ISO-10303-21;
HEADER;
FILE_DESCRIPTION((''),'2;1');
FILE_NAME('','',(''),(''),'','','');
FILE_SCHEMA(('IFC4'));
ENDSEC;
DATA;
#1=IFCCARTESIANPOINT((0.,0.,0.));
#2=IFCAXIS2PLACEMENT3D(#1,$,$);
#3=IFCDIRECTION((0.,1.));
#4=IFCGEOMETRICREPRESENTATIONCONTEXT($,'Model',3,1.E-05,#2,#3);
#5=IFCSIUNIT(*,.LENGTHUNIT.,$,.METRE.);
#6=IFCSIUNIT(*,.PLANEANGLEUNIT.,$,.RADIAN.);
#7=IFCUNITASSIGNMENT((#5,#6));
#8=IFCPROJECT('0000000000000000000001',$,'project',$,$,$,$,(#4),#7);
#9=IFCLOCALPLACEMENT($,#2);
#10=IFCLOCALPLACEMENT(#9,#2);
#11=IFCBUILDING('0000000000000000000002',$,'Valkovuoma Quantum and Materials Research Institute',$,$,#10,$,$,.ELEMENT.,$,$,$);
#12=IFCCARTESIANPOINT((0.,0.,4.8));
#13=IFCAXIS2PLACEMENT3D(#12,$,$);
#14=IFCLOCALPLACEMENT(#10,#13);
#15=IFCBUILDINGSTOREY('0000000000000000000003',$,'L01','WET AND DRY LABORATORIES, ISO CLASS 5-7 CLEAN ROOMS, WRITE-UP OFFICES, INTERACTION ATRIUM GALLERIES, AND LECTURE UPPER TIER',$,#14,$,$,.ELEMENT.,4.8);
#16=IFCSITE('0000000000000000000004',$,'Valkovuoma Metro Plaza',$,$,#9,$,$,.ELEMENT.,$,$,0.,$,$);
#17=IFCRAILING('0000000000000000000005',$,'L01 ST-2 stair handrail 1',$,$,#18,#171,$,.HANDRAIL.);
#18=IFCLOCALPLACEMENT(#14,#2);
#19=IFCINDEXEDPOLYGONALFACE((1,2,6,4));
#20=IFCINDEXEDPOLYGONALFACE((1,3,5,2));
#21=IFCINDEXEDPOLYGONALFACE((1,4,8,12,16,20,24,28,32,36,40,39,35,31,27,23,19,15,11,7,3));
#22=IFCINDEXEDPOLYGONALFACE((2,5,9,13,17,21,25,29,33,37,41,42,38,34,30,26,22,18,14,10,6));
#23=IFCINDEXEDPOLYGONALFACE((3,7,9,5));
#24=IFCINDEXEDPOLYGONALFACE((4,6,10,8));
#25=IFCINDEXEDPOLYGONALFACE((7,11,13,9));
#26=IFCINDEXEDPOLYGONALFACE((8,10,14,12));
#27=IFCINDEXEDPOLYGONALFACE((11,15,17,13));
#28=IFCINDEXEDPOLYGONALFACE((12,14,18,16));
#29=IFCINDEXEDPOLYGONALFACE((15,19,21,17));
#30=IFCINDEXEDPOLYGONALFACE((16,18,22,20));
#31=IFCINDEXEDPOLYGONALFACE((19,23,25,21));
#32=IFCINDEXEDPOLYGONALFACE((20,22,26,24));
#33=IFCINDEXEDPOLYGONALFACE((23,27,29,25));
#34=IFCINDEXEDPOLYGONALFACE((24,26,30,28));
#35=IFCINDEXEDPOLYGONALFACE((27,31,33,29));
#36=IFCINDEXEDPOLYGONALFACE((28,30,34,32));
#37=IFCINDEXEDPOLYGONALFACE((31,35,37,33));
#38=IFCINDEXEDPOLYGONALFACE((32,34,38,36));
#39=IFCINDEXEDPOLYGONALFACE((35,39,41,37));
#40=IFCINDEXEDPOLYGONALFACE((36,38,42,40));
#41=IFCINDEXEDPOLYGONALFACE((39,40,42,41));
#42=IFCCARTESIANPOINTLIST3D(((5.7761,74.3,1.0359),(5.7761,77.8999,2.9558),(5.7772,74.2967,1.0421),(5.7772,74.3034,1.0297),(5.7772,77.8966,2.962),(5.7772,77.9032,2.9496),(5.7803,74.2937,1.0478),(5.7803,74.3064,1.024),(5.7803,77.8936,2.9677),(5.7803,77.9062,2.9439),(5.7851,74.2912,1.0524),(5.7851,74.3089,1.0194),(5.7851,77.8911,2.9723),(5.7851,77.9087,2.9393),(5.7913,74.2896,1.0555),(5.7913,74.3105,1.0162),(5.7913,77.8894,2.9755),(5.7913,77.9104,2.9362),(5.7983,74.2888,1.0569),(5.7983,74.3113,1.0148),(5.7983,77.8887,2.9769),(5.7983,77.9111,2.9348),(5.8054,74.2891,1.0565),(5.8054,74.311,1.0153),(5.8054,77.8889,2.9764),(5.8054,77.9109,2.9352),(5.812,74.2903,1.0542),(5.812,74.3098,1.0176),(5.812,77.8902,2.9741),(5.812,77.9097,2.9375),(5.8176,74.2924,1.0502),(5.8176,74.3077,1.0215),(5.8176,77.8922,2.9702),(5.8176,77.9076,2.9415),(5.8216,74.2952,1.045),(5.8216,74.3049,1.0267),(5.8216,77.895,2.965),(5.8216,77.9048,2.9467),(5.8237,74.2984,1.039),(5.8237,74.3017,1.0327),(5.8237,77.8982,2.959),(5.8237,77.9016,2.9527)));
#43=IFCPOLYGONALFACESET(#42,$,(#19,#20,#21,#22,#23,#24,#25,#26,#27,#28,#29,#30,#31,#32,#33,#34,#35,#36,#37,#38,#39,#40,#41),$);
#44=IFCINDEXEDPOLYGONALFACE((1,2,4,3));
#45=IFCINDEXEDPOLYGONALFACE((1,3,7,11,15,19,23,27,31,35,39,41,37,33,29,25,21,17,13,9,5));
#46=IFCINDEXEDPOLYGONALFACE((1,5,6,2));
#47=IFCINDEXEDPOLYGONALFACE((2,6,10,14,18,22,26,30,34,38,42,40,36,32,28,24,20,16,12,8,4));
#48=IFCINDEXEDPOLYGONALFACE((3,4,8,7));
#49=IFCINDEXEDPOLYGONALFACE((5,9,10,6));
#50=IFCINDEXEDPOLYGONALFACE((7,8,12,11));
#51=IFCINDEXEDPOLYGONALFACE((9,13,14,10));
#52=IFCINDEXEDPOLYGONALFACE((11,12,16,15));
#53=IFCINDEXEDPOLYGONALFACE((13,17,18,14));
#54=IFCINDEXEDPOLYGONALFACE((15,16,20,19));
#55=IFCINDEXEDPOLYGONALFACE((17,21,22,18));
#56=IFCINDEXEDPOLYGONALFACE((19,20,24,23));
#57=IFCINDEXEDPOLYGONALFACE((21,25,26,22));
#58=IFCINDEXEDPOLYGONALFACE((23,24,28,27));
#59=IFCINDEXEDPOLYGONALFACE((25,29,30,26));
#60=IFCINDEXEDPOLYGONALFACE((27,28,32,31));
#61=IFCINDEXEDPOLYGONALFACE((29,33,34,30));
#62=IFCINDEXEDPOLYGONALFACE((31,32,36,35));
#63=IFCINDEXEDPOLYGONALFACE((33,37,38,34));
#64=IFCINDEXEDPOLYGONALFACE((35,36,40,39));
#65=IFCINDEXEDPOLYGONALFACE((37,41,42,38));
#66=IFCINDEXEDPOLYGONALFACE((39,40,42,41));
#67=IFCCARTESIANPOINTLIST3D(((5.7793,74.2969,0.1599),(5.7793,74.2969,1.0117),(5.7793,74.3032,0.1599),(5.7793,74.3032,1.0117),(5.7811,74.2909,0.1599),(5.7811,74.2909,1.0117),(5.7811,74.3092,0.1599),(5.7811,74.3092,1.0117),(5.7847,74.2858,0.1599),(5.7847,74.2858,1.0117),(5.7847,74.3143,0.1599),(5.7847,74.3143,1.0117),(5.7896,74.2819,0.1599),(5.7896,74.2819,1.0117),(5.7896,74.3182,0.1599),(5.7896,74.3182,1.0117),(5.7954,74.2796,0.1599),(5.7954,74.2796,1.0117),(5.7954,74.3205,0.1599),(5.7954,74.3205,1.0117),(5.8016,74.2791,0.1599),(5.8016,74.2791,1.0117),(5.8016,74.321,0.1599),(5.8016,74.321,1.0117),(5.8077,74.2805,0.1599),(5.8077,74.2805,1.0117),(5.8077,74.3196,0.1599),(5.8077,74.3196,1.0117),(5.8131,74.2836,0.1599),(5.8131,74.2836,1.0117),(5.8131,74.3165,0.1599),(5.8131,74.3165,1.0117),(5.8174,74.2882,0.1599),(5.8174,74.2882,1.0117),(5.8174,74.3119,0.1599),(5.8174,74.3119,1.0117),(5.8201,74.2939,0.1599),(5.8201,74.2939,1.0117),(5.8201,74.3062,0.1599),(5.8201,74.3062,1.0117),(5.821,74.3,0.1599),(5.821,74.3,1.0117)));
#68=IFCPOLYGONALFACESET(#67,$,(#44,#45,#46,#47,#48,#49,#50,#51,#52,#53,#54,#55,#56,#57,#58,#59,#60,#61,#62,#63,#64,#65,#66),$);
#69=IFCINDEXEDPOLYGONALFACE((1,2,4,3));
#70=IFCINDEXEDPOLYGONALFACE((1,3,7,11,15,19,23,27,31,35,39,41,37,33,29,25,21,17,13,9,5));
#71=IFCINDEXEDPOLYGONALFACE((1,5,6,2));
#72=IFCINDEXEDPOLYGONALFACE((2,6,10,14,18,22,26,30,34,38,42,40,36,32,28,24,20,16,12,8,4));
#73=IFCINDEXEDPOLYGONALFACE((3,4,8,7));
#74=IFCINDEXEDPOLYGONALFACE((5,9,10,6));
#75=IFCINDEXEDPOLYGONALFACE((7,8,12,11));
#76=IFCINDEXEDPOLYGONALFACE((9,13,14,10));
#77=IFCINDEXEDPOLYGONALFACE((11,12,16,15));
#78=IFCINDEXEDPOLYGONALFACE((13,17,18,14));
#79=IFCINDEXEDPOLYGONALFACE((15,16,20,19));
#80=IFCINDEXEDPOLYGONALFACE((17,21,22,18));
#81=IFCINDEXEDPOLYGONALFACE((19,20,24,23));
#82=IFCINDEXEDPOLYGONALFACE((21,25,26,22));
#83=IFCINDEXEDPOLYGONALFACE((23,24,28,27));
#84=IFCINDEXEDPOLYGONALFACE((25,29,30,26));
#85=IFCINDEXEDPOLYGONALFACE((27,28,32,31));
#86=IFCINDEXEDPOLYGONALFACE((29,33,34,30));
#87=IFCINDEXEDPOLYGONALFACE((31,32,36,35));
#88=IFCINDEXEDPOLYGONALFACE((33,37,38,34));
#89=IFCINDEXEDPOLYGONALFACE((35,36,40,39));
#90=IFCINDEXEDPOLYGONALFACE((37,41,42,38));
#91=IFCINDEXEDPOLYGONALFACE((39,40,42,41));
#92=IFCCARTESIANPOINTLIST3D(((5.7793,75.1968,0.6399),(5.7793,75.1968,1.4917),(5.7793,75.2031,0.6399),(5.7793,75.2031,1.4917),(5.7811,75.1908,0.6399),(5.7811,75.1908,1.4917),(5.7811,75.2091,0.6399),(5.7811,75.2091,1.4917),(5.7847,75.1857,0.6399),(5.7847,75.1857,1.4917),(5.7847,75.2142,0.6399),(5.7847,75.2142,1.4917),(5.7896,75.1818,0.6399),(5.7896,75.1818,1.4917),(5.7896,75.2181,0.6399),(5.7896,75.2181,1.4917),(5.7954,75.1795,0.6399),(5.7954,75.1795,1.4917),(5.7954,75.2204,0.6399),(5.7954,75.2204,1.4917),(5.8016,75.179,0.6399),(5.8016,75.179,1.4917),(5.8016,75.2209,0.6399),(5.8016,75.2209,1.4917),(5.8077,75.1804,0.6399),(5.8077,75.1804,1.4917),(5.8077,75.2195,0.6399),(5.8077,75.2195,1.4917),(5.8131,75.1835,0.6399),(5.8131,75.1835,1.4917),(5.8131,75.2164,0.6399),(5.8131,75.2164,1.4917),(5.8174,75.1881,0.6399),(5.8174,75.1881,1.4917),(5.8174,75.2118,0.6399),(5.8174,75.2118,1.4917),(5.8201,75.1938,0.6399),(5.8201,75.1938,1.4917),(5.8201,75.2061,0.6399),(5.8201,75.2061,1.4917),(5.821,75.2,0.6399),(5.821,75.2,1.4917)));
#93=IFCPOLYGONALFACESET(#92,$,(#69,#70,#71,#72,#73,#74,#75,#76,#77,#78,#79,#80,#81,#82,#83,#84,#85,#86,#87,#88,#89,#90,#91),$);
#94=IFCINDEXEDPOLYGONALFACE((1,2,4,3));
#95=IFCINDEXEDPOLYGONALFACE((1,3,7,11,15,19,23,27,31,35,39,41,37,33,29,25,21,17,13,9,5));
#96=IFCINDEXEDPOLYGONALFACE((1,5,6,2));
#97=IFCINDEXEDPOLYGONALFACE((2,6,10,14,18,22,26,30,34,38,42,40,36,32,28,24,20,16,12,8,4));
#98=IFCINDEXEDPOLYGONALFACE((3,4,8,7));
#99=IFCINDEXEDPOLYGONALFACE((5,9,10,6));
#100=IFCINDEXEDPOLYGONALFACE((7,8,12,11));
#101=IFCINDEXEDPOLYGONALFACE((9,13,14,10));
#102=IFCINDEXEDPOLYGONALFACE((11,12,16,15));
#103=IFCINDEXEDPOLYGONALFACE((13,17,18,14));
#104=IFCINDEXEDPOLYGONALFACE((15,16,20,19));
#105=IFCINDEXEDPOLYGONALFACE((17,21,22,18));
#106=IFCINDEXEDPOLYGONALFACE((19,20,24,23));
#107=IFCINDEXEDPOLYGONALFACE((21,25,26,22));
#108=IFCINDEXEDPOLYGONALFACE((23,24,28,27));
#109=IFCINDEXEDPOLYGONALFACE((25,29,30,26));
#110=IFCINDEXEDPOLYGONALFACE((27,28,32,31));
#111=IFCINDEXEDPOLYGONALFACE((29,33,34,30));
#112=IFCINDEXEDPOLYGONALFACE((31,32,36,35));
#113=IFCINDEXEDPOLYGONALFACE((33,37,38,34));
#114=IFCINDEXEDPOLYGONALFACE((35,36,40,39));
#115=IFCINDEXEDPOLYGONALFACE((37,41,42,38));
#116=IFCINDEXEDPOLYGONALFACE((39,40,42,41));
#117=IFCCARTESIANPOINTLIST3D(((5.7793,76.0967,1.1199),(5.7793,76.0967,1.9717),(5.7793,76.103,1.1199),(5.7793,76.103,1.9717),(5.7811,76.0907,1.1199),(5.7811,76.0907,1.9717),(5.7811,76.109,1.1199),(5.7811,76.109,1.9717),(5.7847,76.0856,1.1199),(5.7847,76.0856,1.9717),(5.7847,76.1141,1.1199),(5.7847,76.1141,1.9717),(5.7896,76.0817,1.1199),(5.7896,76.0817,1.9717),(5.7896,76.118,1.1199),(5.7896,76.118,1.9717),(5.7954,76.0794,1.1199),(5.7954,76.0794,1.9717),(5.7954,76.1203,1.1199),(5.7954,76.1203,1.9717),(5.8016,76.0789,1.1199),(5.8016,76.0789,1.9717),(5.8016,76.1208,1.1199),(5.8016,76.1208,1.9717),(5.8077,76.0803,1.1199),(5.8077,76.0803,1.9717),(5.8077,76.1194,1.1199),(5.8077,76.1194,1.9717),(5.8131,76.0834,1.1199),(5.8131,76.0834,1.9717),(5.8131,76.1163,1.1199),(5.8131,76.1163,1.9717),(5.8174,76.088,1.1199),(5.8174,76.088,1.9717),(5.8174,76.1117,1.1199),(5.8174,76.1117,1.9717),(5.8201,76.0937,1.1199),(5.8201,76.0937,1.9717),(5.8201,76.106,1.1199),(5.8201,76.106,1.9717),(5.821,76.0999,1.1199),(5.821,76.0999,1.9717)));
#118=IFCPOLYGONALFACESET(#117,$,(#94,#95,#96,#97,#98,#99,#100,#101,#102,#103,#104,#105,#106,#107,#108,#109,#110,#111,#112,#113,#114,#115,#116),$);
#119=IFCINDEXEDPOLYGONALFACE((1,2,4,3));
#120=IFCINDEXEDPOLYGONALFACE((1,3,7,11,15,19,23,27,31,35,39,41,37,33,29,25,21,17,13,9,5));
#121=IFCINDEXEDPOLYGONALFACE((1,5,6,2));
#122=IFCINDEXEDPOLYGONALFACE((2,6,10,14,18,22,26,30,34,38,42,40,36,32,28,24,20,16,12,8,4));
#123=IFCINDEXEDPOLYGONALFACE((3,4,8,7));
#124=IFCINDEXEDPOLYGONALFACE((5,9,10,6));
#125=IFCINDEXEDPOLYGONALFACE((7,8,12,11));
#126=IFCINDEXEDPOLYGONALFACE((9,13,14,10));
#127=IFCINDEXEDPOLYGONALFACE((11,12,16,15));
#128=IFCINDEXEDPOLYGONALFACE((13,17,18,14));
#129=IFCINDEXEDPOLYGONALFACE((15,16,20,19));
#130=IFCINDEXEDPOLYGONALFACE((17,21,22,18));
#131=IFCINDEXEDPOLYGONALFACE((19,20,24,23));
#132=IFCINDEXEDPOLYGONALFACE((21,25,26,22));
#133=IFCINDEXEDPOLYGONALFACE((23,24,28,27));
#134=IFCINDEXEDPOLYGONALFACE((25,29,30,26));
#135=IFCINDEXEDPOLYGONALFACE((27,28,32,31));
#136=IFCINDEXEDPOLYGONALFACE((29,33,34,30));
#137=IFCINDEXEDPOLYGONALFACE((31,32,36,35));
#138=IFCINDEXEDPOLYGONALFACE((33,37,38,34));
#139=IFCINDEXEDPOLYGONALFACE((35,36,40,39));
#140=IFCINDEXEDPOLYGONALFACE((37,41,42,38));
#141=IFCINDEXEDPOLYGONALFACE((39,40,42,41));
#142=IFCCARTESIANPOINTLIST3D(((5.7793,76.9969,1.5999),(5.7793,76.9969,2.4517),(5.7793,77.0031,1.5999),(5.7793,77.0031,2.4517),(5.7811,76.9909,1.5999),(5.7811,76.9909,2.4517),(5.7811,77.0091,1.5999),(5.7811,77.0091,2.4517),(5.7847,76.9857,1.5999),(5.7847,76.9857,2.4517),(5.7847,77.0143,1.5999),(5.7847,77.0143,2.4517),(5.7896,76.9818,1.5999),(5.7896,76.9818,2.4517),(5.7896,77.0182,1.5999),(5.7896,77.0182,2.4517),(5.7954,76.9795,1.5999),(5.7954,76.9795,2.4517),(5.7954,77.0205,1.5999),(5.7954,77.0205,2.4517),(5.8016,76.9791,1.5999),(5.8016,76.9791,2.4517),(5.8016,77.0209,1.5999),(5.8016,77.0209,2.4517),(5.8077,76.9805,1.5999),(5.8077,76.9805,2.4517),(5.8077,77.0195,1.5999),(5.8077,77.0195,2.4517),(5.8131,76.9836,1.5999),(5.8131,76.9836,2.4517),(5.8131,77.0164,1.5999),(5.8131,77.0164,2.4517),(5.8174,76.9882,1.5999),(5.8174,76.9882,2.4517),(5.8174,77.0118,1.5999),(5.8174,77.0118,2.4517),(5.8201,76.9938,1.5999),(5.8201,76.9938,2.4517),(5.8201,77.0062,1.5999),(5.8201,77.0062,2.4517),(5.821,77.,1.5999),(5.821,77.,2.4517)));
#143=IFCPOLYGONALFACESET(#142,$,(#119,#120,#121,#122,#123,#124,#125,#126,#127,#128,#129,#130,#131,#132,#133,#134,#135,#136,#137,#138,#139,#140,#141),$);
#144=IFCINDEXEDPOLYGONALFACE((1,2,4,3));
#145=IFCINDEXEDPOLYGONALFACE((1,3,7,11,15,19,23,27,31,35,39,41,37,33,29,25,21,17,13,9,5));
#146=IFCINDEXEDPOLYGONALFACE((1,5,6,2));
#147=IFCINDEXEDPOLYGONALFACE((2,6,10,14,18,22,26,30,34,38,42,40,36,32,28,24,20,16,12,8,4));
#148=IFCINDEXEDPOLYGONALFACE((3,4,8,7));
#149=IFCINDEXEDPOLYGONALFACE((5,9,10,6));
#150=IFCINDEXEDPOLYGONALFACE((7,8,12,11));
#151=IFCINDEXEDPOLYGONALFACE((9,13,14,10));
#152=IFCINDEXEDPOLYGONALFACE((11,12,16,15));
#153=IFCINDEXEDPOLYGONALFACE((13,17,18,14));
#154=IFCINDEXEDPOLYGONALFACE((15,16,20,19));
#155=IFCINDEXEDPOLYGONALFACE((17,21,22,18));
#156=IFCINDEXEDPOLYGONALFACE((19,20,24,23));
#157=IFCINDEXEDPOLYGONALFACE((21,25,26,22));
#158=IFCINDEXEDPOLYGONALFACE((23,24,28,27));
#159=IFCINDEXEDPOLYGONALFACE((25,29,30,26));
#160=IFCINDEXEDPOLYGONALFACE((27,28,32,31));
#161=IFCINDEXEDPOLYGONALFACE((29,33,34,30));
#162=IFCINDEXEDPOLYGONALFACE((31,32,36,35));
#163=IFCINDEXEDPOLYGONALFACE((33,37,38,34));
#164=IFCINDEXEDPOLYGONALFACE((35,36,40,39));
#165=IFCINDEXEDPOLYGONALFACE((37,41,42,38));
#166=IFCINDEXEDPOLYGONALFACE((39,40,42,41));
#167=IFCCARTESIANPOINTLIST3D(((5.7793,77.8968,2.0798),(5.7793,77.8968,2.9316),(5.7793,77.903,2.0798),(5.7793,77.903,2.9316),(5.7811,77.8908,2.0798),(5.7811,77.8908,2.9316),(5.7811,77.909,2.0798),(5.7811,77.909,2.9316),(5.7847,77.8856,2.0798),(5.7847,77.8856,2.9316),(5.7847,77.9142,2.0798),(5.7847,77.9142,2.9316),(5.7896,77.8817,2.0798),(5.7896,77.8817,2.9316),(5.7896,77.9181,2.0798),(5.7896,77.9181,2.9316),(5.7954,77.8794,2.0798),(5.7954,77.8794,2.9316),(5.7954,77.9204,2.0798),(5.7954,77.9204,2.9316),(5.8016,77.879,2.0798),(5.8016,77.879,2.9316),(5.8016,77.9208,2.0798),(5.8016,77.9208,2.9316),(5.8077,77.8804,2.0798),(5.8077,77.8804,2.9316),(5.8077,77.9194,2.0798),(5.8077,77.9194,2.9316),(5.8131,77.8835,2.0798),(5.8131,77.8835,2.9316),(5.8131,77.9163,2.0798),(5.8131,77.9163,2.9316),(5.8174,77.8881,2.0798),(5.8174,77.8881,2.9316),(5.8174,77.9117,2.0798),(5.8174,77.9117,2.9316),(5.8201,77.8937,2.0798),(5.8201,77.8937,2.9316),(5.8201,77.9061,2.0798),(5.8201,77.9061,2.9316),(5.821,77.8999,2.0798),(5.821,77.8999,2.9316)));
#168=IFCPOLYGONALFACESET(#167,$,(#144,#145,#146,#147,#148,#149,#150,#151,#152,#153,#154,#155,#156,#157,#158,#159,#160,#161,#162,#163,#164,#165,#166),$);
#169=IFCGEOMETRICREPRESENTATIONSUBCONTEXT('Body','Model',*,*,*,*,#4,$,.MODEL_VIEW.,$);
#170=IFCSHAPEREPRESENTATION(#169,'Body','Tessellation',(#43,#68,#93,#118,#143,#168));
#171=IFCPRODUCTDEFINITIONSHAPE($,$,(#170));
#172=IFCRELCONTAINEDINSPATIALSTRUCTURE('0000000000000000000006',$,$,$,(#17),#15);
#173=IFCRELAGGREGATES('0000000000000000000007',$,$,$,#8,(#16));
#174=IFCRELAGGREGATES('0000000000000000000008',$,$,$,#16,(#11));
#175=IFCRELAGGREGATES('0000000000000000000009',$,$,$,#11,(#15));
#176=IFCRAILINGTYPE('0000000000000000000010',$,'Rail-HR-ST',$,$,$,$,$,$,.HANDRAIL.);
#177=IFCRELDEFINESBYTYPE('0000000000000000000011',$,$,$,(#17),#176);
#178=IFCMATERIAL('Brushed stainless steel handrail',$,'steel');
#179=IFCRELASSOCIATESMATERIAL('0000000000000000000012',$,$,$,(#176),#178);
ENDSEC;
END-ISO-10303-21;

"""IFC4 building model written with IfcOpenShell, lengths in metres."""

from ifc_helpers import new_model, si_unit, direction, frame, origin, origin_2d, place, context, subcontext, project, spatial, circle, extrude, material, type_object, element, save


model = new_model("IFC4")

# Units and contexts
model_context = context("Model", 3, precision=1e-05, world=origin(), true_north=direction((0.0, 1.0)))
body_context = subcontext(model_context, "Body", "Model", "MODEL_VIEW")
ifc_project = project(units=[si_unit("LENGTHUNIT", "METRE"), si_unit("PLANEANGLEUNIT", "RADIAN")], contexts=[model_context])

# Site, building, storey
site_placement = place(None, origin())
site = spatial("IfcSite", under=ifc_project, at=site_placement, Name="Valkovuoma Metro Plaza", CompositionType="ELEMENT", RefElevation=0.0)
building_placement = place(site_placement, origin())
building = spatial("IfcBuilding", under=site, at=building_placement, Name="Valkovuoma Quantum and Materials Research Institute", CompositionType="ELEMENT")
storey_placement = place(building_placement, frame((0.0, 0.0, 4.8)))
storey = spatial("IfcBuildingStorey", under=building, at=storey_placement, Name="L01", Description="WET AND DRY LABORATORIES, ISO CLASS 5-7 CLEAN ROOMS, WRITE-UP OFFICES, INTERACTION ATRIUM GALLERIES, AND LECTURE UPPER TIER", CompositionType="ELEMENT", Elevation=4.8)

# Railing
ifc_material_1 = material(Name="Brushed stainless steel handrail", Category="steel")
railing_type_1 = type_object("IfcRailingType", Name="Rail-HR-ST", PredefinedType="HANDRAIL", material=ifc_material_1)
railing_1_placement = place(storey_placement, frame((5.8, 74.3, 0.1599)))
element("IfcRailing", 1, at=railing_1_placement, inside=storey, type_object=railing_type_1, Name="L01 ST-2 stair handrail 1", PredefinedType="HANDRAIL", context=body_context, shape_type="SweptSolid", body=[
    extrude(circle(Radius=0.0239, at=origin_2d()), frame((0.0, 0.0, 0.876), z_axis=(0.0, 0.882353, 0.470588), x_axis=(-1.0, 0.0, 0.0)), (0.0, 0.0, 1.0), 4.0798),
    extrude(circle(Radius=0.021, at=origin_2d()), origin(), (0.0, 0.0, 1.0), 0.8518),
    extrude(circle(Radius=0.021, at=origin_2d()), frame((0.0, 0.8999, 0.48)), (0.0, 0.0, 1.0), 0.8518),
    extrude(circle(Radius=0.021, at=origin_2d()), frame((0.0, 1.7998, 0.96)), (0.0, 0.0, 1.0), 0.8518),
    extrude(circle(Radius=0.021, at=origin_2d()), frame((0.0, 2.7, 1.4399)), (0.0, 0.0, 1.0), 0.8518),
    extrude(circle(Radius=0.021, at=origin_2d()), frame((0.0, 3.5999, 1.9199)), (0.0, 0.0, 1.0), 0.8518),
])

save(model, "model.ifc")
